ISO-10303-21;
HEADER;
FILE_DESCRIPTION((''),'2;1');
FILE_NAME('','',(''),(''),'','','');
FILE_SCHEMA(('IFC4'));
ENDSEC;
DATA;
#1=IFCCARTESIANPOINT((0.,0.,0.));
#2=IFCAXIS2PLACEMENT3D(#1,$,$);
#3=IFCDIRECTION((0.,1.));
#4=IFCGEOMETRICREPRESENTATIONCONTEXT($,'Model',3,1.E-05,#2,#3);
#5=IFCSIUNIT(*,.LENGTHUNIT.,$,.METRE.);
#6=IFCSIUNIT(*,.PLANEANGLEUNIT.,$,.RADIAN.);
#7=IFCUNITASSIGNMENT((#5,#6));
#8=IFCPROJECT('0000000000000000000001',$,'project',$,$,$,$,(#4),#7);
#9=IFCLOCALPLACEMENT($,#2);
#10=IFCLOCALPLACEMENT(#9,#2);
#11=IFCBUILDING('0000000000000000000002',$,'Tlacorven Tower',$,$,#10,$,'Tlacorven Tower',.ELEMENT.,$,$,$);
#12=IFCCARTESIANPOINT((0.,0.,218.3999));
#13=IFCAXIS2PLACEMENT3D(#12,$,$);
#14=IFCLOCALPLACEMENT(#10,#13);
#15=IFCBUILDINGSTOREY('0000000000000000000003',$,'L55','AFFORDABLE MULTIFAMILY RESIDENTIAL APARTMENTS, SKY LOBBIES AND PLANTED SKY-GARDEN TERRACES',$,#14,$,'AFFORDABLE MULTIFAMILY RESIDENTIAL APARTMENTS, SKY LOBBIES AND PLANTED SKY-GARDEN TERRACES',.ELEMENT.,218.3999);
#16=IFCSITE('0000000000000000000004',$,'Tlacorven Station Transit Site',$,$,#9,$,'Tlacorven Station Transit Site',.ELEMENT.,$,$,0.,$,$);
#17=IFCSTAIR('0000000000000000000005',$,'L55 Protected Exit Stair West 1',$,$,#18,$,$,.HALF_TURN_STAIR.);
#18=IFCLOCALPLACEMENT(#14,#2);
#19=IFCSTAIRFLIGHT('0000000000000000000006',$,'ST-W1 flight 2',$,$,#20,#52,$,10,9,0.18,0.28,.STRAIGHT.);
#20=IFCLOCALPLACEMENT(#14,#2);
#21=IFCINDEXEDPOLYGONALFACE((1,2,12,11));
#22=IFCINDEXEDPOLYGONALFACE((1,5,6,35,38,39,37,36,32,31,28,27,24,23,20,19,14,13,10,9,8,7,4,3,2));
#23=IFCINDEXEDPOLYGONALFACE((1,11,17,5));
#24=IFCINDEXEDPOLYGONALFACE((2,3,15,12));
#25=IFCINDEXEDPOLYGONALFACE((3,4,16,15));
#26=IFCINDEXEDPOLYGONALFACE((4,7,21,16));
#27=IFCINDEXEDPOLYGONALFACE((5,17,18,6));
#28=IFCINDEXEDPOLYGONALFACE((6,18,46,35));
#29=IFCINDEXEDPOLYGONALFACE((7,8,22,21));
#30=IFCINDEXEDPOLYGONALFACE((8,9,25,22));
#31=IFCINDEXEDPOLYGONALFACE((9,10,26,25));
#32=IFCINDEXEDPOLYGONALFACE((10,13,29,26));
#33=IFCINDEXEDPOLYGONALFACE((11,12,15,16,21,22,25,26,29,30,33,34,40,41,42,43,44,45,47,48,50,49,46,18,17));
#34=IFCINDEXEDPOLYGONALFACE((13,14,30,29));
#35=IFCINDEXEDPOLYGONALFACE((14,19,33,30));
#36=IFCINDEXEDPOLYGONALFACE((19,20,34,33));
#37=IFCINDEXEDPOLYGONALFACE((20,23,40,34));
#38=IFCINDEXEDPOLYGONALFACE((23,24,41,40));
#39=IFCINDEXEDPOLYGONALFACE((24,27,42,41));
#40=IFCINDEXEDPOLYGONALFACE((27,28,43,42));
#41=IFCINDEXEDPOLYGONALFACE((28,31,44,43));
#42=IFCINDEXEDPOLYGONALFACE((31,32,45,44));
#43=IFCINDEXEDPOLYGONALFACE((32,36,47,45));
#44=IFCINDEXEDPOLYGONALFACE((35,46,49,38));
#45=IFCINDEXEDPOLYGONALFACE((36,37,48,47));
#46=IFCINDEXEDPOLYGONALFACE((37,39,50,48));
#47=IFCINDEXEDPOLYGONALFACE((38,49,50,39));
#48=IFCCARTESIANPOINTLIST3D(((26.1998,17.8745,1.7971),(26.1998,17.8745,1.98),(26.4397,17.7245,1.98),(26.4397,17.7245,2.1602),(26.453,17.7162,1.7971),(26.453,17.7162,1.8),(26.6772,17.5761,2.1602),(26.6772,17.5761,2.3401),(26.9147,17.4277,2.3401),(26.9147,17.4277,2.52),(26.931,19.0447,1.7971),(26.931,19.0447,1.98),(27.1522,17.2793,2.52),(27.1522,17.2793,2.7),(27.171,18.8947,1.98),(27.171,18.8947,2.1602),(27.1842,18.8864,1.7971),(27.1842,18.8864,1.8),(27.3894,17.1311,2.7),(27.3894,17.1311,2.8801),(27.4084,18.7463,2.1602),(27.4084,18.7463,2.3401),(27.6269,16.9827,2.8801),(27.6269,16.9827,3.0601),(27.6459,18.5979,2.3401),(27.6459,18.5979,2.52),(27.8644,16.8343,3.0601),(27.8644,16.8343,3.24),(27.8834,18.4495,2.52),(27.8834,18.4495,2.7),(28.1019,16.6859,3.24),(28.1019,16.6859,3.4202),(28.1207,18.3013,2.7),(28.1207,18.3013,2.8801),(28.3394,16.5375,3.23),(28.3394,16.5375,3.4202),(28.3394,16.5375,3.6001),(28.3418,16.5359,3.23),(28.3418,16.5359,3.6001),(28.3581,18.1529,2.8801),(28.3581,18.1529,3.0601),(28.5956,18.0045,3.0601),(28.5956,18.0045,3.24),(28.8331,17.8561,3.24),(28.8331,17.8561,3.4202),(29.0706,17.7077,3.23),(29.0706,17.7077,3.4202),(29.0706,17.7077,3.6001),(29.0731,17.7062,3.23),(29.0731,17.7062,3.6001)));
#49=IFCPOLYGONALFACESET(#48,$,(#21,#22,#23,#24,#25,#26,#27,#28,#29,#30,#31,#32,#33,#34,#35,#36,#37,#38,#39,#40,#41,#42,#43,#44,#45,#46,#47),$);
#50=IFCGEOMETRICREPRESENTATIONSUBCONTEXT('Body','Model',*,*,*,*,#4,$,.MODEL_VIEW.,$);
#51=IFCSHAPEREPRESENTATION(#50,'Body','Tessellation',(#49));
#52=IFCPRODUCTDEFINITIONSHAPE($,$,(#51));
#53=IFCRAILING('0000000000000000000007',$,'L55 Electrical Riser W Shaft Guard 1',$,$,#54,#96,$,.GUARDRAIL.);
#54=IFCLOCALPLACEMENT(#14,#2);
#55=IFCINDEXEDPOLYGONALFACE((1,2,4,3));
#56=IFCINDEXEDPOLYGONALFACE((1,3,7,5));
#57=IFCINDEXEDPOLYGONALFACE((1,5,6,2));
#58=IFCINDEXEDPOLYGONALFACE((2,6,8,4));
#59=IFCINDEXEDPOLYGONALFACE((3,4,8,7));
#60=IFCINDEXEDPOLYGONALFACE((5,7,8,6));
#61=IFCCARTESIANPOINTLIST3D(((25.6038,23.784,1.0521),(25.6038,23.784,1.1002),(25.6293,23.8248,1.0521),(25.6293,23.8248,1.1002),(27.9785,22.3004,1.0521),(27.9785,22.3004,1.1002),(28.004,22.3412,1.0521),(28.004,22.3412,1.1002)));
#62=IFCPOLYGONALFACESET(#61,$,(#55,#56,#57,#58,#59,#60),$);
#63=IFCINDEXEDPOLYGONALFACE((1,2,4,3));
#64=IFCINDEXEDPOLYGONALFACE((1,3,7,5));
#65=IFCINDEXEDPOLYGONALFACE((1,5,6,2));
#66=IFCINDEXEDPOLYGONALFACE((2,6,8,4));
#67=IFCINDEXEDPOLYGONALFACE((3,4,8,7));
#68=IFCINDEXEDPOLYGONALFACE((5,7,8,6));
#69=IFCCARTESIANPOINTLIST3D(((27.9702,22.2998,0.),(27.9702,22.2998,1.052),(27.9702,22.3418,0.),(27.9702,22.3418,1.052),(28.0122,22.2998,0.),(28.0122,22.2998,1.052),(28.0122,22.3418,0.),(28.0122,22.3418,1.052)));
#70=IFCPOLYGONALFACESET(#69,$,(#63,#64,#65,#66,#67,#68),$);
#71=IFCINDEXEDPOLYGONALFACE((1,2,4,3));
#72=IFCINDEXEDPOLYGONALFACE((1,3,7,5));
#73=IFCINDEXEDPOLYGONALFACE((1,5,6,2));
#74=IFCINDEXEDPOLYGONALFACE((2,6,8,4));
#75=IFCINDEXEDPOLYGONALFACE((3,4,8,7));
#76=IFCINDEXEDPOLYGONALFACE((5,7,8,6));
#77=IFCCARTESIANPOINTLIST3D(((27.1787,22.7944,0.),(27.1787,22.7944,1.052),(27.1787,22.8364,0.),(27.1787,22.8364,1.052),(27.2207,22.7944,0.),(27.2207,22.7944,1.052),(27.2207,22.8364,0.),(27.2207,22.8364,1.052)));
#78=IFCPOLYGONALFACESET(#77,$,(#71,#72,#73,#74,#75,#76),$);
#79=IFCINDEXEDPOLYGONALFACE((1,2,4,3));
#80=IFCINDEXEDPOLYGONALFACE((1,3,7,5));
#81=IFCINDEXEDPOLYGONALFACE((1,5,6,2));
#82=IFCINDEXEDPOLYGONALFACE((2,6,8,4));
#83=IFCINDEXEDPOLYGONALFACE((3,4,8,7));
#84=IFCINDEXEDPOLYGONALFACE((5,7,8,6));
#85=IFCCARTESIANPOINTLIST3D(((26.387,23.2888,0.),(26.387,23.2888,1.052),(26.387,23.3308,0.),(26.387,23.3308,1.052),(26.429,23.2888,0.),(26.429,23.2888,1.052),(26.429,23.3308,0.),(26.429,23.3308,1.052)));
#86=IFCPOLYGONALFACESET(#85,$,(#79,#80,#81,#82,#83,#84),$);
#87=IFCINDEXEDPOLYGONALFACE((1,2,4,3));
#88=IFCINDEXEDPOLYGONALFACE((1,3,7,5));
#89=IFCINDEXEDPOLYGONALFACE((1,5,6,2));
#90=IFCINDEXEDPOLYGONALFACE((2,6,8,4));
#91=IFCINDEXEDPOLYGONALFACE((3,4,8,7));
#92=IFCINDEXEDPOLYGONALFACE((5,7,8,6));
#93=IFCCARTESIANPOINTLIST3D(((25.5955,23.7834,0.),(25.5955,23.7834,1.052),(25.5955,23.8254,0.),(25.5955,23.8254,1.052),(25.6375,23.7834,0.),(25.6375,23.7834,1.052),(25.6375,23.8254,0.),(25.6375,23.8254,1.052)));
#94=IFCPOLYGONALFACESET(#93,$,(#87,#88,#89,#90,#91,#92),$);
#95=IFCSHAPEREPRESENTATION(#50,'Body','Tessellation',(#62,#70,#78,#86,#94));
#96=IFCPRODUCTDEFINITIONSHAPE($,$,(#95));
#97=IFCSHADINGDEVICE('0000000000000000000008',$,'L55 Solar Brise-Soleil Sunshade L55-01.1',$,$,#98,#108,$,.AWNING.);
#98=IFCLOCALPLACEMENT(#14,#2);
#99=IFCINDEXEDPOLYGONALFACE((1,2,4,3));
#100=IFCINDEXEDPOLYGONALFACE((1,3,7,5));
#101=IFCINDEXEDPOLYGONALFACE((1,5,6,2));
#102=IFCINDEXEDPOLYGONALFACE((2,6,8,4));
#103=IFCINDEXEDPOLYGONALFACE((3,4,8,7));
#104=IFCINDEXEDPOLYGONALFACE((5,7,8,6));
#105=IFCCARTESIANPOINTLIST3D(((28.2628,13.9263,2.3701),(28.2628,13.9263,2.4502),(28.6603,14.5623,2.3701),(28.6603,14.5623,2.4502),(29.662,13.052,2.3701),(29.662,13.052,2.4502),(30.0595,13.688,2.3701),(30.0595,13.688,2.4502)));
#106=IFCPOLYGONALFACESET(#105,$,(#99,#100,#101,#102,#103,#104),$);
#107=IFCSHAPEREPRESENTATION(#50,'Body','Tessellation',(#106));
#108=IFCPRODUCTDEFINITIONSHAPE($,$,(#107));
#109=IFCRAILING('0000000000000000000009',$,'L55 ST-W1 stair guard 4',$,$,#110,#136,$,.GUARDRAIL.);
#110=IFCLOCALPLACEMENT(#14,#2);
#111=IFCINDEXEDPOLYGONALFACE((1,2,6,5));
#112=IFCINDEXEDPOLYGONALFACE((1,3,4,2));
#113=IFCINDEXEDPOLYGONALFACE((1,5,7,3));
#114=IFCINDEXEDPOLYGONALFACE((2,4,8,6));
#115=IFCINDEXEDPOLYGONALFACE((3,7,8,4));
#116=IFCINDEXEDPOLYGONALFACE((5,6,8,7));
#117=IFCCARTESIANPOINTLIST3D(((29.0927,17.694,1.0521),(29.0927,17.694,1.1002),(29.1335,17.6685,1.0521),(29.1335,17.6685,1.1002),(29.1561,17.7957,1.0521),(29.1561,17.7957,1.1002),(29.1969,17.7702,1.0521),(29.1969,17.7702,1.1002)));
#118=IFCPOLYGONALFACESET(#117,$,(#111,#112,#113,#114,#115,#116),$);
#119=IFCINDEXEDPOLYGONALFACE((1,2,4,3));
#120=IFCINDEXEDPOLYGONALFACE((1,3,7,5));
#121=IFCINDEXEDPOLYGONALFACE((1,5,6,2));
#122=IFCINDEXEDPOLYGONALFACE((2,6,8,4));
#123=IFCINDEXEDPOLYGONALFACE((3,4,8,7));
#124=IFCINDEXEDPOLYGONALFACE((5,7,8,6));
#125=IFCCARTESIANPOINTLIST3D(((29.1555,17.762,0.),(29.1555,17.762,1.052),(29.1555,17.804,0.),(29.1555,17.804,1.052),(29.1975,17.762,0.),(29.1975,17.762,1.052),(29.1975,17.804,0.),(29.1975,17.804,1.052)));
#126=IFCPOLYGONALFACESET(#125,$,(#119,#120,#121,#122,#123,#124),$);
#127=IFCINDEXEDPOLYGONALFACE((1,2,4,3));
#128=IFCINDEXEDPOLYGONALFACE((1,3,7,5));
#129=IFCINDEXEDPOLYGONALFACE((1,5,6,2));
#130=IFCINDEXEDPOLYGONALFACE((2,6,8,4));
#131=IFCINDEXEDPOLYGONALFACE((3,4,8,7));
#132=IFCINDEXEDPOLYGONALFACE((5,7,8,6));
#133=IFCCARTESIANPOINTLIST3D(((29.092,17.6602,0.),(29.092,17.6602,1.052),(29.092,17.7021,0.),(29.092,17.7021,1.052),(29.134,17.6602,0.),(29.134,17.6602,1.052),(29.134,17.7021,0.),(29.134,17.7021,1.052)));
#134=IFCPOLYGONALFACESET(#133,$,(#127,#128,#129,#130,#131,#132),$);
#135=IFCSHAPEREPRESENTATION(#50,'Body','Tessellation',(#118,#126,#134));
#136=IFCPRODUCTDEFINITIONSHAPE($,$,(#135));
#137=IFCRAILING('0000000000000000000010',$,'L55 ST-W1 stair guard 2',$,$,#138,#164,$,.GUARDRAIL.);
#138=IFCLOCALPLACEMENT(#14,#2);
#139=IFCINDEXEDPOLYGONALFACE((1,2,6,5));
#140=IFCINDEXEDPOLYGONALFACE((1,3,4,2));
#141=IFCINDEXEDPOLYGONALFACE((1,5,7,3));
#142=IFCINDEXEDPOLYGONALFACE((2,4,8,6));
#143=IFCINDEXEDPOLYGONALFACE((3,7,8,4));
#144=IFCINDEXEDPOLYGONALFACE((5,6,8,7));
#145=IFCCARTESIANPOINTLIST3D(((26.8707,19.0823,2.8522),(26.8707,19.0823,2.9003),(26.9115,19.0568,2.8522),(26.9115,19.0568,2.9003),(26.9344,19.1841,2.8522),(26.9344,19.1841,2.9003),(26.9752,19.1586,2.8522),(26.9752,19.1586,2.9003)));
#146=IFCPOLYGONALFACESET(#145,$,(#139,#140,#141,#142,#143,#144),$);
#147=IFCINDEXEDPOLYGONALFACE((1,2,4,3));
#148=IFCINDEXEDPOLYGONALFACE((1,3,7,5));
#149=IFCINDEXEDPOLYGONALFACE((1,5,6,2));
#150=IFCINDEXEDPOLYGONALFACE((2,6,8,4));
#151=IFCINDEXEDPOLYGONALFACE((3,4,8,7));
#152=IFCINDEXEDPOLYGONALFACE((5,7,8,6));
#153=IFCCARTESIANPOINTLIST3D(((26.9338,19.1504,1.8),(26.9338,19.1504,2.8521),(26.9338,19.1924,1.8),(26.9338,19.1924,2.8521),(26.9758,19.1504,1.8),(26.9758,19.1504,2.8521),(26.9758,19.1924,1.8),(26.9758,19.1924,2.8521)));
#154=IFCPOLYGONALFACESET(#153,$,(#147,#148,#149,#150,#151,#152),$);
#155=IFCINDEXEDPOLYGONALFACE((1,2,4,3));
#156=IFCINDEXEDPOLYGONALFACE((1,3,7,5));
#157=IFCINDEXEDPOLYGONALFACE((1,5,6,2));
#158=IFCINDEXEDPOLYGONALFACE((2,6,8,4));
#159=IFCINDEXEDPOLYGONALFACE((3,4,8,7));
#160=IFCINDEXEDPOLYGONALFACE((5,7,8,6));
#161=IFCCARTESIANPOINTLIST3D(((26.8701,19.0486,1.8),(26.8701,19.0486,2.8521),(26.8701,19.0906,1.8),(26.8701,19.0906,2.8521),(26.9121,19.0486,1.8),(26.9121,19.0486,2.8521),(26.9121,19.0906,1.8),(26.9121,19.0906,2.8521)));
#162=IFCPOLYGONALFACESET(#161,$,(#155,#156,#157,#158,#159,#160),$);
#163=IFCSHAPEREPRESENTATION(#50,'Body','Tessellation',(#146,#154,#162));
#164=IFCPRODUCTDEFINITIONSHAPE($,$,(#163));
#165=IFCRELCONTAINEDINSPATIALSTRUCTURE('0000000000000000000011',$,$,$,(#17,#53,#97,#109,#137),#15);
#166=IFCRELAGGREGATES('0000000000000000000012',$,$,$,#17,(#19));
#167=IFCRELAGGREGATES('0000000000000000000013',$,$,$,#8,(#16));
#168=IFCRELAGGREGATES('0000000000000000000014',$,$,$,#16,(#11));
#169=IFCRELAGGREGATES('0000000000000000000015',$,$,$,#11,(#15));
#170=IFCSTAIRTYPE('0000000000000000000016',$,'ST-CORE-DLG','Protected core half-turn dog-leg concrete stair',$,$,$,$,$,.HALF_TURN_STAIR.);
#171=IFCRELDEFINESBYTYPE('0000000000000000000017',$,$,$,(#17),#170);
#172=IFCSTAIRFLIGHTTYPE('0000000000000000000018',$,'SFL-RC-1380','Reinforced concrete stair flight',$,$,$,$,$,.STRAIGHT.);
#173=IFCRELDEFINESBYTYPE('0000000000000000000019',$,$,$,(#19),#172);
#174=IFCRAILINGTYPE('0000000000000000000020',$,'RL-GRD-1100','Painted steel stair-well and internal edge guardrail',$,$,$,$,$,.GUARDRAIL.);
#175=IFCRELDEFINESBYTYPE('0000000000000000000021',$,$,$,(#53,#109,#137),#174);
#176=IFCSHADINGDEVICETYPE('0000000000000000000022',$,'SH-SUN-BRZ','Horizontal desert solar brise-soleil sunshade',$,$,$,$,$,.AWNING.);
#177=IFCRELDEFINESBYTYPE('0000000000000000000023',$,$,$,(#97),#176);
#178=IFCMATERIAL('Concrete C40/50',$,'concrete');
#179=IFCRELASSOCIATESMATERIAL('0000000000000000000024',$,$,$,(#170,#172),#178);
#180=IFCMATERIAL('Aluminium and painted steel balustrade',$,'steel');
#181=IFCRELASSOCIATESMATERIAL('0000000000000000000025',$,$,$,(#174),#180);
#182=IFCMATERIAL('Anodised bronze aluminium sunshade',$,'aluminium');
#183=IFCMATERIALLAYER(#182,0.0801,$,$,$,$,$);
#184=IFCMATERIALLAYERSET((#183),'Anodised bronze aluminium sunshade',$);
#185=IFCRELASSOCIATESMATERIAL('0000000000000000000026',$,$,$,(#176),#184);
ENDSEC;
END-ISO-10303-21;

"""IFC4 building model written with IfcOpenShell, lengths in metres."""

from ifc_helpers import new_model, si_unit, direction, frame, origin, origin_2d, place, context, subcontext, project, spatial, polyline, rectangle, outline, extrude, source, transform, mapped, material, layer, layer_set, type_object, element, aggregate, save


model = new_model("IFC4")

# Units and contexts
model_context = context("Model", 3, precision=1e-05, world=origin(), true_north=direction((0.0, 1.0)))
body_context = subcontext(model_context, "Body", "Model", "MODEL_VIEW")
ifc_project = project(units=[si_unit("LENGTHUNIT", "METRE"), si_unit("PLANEANGLEUNIT", "RADIAN")], contexts=[model_context])

# Site, building, storey
site_placement = place(None, origin())
site = spatial("IfcSite", under=ifc_project, at=site_placement, Name="Tlacorven Station Transit Site", LongName="Tlacorven Station Transit Site", CompositionType="ELEMENT", RefElevation=0.0)
building_placement = place(site_placement, origin())
building = spatial("IfcBuilding", under=site, at=building_placement, Name="Tlacorven Tower", LongName="Tlacorven Tower", CompositionType="ELEMENT")
storey_placement = place(building_placement, frame((0.0, 0.0, 218.3999)))
storey = spatial("IfcBuildingStorey", under=building, at=storey_placement, Name="L55", Description="AFFORDABLE MULTIFAMILY RESIDENTIAL APARTMENTS, SKY LOBBIES AND PLANTED SKY-GARDEN TERRACES", LongName="AFFORDABLE MULTIFAMILY RESIDENTIAL APARTMENTS, SKY LOBBIES AND PLANTED SKY-GARDEN TERRACES", CompositionType="ELEMENT", Elevation=218.3999)

# Shared definitions
ifc_material_1 = material(Name="Concrete C40/50", Category="concrete")

# Stair, stair flight
stair_type = type_object("IfcStairType", Name="ST-CORE-DLG", Description="Protected core half-turn dog-leg concrete stair", PredefinedType="HALF_TURN_STAIR", material=ifc_material_1)
stair_placement = place(storey_placement, origin())
stair = element("IfcStair", 1, at=stair_placement, inside=storey, type_object=stair_type, Name="L55 Protected Exit Stair West 1", PredefinedType="HALF_TURN_STAIR")
stair_flight_type = type_object("IfcStairFlightType", Name="SFL-RC-1380", Description="Reinforced concrete stair flight", PredefinedType="STRAIGHT", material=ifc_material_1)
shared_shape_1 = source(origin(), body_context, "Body", "SweptSolid", [
    extrude(outline(polyline([(-0.0029, -0.0029), (-0.0029, 0.1799), (0.28, 0.1799), (0.28, 0.3601), (0.5601, 0.3601), (0.5601, 0.54), (0.8401, 0.54), (0.8401, 0.72), (1.1201, 0.72), (1.1201, 0.8999), (1.3999, 0.8999), (1.3999, 1.0801), (1.6799, 1.0801), (1.6799, 1.26), (1.96, 1.26), (1.96, 1.4399), (2.24, 1.4399), (2.24, 1.6201), (2.52, 1.6201), (2.52, 1.8), (2.5229, 1.8), (2.5229, 1.4299), (2.52, 1.4299), (0.2957, 0.0), (0.2957, -0.0029), (-0.0029, -0.0029)])), frame((0.0, 0.6899, 0.0), z_axis=(0.0, -1.0, 0.0), x_axis=(1.0, 0.0, 0.0)), (0.0, 0.0, 1.0), 1.3799),
])
stair_flight_1_placement = place(storey_placement, frame((26.5679, 18.458, 1.8), z_axis=(0.0, 0.0, 1.0), x_axis=(0.848048, -0.529919, 0.0)))
stair_flight_1 = element("IfcStairFlight", 2, at=stair_flight_1_placement, type_object=stair_flight_type, Name="ST-W1 flight 2", NumberOfRisers=10, NumberOfTreads=9, PredefinedType="STRAIGHT", RiserHeight=0.18, TreadLength=0.28, context=body_context, shape_type="MappedRepresentation", body=[
    mapped(shared_shape_1, transform((0.0, 0.0, 0.0), scale=1.0)),
])
aggregate(stair, [stair_flight_1])

# Railing
ifc_material_2 = material(Name="Aluminium and painted steel balustrade", Category="steel")
railing_type_1 = type_object("IfcRailingType", Name="RL-GRD-1100", Description="Painted steel stair-well and internal edge guardrail", PredefinedType="GUARDRAIL", material=ifc_material_2)
shared_shape_2 = source(origin(), body_context, "Body", "SweptSolid", [
    extrude(rectangle(XDim=0.0481, YDim=0.0481, at=origin_2d()), frame((0.0, 0.0, 1.0762), z_axis=(-0.848091, 0.52985, 0.0), x_axis=(-0.52985, -0.848091, 0.0)), (0.0, 0.0, 1.0), 2.8),
    extrude(rectangle(XDim=0.042, YDim=0.042, at=origin_2d()), origin(), (0.0, 0.0, 1.0), 1.052),
    extrude(rectangle(XDim=0.042, YDim=0.042, at=origin_2d()), frame((-0.7915, 0.4946, 0.0)), (0.0, 0.0, 1.0), 1.052),
    extrude(rectangle(XDim=0.042, YDim=0.042, at=origin_2d()), frame((-1.5833, 0.989, 0.0)), (0.0, 0.0, 1.0), 1.052),
    extrude(rectangle(XDim=0.042, YDim=0.042, at=origin_2d()), frame((-2.3748, 1.4836, 0.0)), (0.0, 0.0, 1.0), 1.052),
])
railing_1_placement = place(storey_placement, frame((27.9912, 22.3208, 0.0)))
element("IfcRailing", 3, at=railing_1_placement, inside=storey, type_object=railing_type_1, Name="L55 Electrical Riser W Shaft Guard 1", PredefinedType="GUARDRAIL", context=body_context, shape_type="MappedRepresentation", body=[
    mapped(shared_shape_2, transform((0.0, 0.0, 0.0), scale=1.0)),
])

# Shading device
ifc_material_3 = material(Name="Anodised bronze aluminium sunshade", Category="aluminium")
ifc_layer_1 = layer(ifc_material_3, 0.0801)
ifc_layer_set_1 = layer_set([ifc_layer_1], Name="Anodised bronze aluminium sunshade")
shading_device_type = type_object("IfcShadingDeviceType", Name="SH-SUN-BRZ", Description="Horizontal desert solar brise-soleil sunshade", PredefinedType="AWNING", material=ifc_layer_set_1)
shared_shape_3 = source(origin(), body_context, "Body", "SweptSolid", [
    extrude(rectangle(XDim=1.6499, YDim=0.75, at=origin_2d()), origin(), (0.0, 0.0, 1.0), 0.0801),
])
shading_device_placement = place(storey_placement, frame((29.1611, 13.8071, 2.3701), z_axis=(0.0, 0.0, 1.0), x_axis=(-0.848048, 0.529919, 0.0)))
element("IfcShadingDevice", 4, at=shading_device_placement, inside=storey, type_object=shading_device_type, Name="L55 Solar Brise-Soleil Sunshade L55-01.1", PredefinedType="AWNING", context=body_context, shape_type="MappedRepresentation", body=[
    mapped(shared_shape_3, transform((0.0, 0.0, 0.0), scale=1.0)),
])

# Railings
shared_shape_4 = source(origin(), body_context, "Body", "SweptSolid", [
    extrude(rectangle(XDim=0.0481, YDim=0.0481, at=origin_2d()), frame((0.0, 0.0, 1.0762), z_axis=(-0.529084, -0.848569, 0.0), x_axis=(0.848569, -0.529084, 0.0)), (0.0, 0.0, 1.0), 0.1199),
    extrude(rectangle(XDim=0.042, YDim=0.042, at=origin_2d()), origin(), (0.0, 0.0, 1.0), 1.052),
    extrude(rectangle(XDim=0.042, YDim=0.042, at=origin_2d()), frame((-0.0635, -0.1018, 0.0)), (0.0, 0.0, 1.0), 1.052),
])
railing_2_placement = place(storey_placement, frame((29.1765, 17.783, 0.0)))
element("IfcRailing", 5, at=railing_2_placement, inside=storey, type_object=railing_type_1, Name="L55 ST-W1 stair guard 4", PredefinedType="GUARDRAIL", context=body_context, shape_type="MappedRepresentation", body=[
    mapped(shared_shape_4, transform((0.0, 0.0, 0.0), scale=1.0)),
])
shared_shape_5 = source(origin(), body_context, "Body", "SweptSolid", [
    extrude(rectangle(XDim=0.0481, YDim=0.0481, at=origin_2d()), frame((0.0, 0.0, 1.0762), z_axis=(-0.530547, -0.847656, 0.0), x_axis=(0.847656, -0.530547, 0.0)), (0.0, 0.0, 1.0), 0.1201),
    extrude(rectangle(XDim=0.042, YDim=0.042, at=origin_2d()), origin(), (0.0, 0.0, 1.0), 1.052),
    extrude(rectangle(XDim=0.042, YDim=0.042, at=origin_2d()), frame((-0.0637, -0.1018, 0.0)), (0.0, 0.0, 1.0), 1.052),
])
railing_3_placement = place(storey_placement, frame((26.9548, 19.1714, 1.8)))
element("IfcRailing", 6, at=railing_3_placement, inside=storey, type_object=railing_type_1, Name="L55 ST-W1 stair guard 2", PredefinedType="GUARDRAIL", context=body_context, shape_type="MappedRepresentation", body=[
    mapped(shared_shape_5, transform((0.0, 0.0, 0.0), scale=1.0)),
])

save(model, "model.ifc")
